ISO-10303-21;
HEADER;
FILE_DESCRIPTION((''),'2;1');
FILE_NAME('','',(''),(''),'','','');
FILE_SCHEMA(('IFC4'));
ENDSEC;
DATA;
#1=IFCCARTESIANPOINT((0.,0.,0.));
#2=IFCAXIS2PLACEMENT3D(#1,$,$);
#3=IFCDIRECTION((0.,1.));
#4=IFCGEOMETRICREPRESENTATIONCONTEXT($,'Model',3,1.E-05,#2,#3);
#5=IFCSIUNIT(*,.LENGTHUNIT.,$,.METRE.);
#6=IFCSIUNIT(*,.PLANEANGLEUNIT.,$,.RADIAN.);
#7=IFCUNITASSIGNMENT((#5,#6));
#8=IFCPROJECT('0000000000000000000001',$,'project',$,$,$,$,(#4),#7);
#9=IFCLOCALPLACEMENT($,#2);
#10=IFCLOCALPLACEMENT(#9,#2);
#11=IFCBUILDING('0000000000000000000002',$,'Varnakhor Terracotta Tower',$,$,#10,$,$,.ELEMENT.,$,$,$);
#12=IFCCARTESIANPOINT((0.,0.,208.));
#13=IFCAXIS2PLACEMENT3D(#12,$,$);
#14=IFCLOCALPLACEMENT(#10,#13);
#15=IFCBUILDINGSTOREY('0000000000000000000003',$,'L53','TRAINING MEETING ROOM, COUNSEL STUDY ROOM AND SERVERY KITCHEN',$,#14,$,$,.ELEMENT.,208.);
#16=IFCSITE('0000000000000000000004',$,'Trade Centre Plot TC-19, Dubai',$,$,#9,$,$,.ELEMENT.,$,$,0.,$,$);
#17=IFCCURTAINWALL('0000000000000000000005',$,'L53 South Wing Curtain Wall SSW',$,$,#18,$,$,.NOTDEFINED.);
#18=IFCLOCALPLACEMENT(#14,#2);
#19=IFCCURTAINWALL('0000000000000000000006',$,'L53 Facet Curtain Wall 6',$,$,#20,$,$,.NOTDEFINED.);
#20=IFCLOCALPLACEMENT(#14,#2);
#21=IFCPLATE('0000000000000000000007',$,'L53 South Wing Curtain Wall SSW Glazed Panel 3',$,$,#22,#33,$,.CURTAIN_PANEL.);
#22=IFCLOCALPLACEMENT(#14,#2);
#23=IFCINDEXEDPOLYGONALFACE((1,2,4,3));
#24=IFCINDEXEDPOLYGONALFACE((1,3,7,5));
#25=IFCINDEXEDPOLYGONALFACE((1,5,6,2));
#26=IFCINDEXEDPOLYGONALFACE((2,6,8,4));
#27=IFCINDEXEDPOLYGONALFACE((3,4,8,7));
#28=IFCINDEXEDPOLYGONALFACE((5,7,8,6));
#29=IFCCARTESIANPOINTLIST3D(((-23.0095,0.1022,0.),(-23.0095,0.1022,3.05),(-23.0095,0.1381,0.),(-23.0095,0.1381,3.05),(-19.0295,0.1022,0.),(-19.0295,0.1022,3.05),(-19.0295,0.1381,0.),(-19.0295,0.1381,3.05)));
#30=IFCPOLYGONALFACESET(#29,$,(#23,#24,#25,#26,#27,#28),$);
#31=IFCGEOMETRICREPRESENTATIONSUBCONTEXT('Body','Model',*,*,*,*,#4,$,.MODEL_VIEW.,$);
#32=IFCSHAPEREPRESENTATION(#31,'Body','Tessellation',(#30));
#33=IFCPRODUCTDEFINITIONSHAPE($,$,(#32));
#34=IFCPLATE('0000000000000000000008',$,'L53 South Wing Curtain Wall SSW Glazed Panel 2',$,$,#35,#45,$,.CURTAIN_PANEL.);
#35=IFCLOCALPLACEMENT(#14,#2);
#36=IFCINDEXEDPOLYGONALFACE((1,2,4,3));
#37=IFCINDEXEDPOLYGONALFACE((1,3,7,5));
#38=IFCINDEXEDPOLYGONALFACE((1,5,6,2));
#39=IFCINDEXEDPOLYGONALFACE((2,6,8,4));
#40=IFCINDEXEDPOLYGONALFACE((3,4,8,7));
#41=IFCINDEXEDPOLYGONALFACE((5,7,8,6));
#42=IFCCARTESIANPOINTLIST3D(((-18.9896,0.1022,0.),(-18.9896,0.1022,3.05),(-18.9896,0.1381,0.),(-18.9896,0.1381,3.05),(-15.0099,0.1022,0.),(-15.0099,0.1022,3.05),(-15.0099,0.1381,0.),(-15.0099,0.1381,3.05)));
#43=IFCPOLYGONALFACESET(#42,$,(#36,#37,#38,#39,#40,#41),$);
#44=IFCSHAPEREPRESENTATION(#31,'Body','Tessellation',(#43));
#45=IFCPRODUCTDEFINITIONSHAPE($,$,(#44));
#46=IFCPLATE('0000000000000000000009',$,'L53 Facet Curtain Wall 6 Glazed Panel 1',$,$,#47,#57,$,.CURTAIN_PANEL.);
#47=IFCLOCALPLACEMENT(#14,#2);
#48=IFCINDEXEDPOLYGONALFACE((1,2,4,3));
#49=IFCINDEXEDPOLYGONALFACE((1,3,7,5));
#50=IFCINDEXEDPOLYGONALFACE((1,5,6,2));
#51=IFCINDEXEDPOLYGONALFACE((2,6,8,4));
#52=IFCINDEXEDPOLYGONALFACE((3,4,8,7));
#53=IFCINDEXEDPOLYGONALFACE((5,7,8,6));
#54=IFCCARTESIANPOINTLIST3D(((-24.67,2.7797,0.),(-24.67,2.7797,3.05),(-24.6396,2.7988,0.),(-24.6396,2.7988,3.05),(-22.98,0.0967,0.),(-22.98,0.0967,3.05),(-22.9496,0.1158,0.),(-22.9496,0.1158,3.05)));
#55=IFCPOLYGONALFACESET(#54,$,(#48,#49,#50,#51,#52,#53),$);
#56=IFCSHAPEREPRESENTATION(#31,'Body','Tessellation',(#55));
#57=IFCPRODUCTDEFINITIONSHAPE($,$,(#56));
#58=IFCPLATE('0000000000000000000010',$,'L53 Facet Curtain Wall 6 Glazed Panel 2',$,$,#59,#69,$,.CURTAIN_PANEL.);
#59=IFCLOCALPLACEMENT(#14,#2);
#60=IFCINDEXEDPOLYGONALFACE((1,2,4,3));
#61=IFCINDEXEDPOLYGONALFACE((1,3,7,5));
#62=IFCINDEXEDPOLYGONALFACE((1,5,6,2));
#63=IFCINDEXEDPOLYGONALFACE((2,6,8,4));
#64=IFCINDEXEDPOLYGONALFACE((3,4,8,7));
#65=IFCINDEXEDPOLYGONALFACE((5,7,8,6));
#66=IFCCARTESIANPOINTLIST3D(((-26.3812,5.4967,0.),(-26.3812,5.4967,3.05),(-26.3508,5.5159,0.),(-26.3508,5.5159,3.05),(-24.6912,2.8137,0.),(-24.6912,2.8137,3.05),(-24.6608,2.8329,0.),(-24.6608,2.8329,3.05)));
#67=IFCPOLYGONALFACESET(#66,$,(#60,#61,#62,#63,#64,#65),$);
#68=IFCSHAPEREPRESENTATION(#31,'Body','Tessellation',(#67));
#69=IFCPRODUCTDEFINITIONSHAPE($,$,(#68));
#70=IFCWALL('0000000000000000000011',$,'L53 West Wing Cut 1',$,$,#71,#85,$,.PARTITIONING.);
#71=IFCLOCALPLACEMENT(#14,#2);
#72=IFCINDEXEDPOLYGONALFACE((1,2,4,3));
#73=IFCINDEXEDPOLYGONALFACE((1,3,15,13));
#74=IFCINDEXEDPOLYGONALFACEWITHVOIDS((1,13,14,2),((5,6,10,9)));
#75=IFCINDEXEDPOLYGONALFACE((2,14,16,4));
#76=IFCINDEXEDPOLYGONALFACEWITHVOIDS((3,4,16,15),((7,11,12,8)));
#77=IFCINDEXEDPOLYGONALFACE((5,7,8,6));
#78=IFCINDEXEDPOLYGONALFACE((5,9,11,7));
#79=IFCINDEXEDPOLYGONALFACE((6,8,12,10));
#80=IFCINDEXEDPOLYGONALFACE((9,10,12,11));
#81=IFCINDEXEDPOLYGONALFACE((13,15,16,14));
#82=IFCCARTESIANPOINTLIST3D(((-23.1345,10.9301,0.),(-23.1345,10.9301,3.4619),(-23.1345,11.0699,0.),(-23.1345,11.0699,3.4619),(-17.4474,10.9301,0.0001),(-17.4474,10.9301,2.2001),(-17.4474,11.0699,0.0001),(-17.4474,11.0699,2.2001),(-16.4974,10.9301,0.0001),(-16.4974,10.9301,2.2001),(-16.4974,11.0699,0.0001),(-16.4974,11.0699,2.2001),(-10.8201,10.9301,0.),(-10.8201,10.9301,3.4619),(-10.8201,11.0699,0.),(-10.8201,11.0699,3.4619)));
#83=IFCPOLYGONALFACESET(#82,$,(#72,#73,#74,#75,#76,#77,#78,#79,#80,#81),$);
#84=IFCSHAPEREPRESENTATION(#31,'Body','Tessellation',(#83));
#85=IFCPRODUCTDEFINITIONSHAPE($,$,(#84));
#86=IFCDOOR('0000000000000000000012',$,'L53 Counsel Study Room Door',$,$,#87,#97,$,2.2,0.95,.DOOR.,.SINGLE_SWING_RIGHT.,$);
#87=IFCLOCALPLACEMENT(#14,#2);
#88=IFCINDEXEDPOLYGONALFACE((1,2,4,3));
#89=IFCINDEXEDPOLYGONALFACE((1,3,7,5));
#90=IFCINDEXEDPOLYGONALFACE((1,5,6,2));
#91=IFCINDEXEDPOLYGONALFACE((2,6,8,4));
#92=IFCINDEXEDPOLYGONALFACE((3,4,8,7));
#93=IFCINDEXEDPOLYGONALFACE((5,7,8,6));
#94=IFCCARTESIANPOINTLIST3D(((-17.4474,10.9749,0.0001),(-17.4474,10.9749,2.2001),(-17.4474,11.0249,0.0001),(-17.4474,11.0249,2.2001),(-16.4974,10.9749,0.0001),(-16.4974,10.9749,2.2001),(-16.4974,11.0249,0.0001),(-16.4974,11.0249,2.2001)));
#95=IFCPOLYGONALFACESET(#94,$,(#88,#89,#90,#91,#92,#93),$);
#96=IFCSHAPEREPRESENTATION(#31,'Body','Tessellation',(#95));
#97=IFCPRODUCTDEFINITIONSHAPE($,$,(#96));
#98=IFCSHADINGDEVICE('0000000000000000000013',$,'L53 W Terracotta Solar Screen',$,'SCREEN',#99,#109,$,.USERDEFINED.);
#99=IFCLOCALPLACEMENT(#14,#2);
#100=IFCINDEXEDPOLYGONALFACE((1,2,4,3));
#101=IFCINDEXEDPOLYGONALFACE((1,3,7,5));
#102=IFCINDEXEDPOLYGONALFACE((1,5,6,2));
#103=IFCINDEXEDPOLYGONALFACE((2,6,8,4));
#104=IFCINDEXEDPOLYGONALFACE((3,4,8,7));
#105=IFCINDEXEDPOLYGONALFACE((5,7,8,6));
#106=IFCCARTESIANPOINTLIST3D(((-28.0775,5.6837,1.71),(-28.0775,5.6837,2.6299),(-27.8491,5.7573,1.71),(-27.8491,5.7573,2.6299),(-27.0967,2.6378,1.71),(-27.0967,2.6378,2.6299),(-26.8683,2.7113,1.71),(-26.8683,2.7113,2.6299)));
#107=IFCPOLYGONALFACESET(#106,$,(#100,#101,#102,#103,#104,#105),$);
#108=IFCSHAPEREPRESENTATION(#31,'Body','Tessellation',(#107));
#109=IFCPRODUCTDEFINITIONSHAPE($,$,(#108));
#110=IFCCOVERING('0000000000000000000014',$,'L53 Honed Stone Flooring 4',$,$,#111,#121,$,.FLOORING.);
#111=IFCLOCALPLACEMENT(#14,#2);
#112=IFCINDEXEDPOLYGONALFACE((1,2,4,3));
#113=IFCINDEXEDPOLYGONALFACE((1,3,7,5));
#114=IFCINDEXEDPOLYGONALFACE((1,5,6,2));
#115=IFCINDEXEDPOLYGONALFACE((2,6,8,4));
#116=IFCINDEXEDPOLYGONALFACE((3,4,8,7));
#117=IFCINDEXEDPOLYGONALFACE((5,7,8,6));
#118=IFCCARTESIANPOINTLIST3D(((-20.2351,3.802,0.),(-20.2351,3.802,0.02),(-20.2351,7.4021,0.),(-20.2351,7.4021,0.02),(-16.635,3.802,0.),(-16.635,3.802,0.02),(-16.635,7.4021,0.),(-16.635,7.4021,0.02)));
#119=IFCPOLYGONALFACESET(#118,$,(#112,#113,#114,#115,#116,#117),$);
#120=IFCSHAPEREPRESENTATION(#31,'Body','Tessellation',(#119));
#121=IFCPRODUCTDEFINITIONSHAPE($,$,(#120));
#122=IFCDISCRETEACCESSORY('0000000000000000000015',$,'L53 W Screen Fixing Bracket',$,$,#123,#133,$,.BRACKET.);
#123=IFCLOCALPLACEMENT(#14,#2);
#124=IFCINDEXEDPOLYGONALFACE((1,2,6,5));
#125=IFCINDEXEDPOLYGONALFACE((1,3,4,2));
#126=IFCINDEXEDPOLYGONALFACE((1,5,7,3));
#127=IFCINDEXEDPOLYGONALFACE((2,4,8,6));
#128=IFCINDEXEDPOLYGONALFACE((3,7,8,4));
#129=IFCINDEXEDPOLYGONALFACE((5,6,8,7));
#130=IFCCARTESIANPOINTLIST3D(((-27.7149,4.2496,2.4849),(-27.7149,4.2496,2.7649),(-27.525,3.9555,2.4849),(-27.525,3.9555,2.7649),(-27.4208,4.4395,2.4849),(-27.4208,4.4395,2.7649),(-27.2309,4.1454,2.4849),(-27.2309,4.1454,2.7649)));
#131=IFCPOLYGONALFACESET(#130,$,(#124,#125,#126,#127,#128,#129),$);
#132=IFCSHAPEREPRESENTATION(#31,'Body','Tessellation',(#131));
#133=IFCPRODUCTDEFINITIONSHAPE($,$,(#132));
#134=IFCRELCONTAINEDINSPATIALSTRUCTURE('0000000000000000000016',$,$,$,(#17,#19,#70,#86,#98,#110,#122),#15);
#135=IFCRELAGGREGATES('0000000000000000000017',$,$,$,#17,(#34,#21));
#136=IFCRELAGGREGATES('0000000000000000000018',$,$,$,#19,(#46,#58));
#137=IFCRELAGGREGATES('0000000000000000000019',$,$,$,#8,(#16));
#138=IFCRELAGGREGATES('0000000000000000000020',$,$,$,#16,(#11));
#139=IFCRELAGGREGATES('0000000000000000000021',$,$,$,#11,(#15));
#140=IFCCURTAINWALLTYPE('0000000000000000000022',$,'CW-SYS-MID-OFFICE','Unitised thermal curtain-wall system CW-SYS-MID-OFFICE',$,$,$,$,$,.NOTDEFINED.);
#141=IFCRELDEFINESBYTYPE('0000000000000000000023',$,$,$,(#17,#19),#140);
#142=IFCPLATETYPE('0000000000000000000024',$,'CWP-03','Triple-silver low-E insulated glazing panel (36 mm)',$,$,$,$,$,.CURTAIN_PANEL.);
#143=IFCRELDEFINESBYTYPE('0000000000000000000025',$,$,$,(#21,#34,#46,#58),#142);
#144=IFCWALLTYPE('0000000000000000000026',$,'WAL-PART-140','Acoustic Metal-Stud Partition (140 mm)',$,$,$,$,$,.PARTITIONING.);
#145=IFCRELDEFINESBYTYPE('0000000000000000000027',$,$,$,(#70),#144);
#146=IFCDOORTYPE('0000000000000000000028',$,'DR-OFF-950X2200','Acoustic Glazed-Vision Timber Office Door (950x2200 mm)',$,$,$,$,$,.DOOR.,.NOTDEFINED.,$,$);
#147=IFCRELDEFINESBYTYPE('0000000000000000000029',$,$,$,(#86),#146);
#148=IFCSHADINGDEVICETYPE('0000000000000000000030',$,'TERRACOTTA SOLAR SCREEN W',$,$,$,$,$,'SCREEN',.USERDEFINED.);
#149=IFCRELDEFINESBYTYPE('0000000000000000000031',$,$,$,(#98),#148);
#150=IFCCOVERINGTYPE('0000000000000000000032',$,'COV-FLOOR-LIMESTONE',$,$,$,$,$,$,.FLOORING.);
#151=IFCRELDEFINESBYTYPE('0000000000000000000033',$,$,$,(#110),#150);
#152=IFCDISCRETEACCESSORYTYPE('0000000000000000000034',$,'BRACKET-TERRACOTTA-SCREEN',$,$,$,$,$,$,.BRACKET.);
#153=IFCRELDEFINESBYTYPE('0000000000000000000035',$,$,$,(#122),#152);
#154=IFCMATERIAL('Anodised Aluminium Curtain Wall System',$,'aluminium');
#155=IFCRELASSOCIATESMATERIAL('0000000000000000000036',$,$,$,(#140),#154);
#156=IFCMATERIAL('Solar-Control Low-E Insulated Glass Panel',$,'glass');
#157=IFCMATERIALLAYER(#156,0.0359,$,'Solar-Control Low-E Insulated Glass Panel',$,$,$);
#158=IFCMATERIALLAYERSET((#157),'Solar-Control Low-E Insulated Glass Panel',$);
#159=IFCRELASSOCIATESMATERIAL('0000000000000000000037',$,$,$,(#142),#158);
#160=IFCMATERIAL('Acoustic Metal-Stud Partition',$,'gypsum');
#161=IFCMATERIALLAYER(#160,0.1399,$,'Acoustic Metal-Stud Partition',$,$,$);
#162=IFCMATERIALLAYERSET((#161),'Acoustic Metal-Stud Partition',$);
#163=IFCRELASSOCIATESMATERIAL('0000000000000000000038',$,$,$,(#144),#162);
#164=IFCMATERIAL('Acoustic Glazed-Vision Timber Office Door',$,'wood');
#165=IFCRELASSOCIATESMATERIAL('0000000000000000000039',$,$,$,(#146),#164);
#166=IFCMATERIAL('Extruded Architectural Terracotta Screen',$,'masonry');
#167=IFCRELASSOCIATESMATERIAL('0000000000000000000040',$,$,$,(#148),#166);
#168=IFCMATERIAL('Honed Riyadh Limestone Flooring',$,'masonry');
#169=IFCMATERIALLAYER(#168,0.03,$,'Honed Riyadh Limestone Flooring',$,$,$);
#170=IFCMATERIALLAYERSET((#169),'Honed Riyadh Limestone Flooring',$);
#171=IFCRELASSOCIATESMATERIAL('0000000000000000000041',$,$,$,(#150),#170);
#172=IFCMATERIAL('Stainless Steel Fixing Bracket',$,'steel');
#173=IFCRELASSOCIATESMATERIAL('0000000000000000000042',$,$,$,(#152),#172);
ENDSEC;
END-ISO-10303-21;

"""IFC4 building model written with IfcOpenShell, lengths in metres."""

from ifc_helpers import new_model, si_unit, direction, frame, frame_2d, origin, origin_2d, place, context, subcontext, project, spatial, rectangle, extrude, source, transform, mapped, material, layer, layer_set, type_object, type_shapes, element, fill, aggregate, save


model = new_model("IFC4")

# Units and contexts
model_context = context("Model", 3, precision=1e-05, world=origin(), true_north=direction((0.0, 1.0)))
body_context = subcontext(model_context, "Body", "Model", "MODEL_VIEW")
ifc_project = project(units=[si_unit("LENGTHUNIT", "METRE"), si_unit("PLANEANGLEUNIT", "RADIAN")], contexts=[model_context])

# Site, building, storey
site_placement = place(None, origin())
site = spatial("IfcSite", under=ifc_project, at=site_placement, Name="Trade Centre Plot TC-19, Dubai", CompositionType="ELEMENT", RefElevation=0.0)
building_placement = place(site_placement, origin())
building = spatial("IfcBuilding", under=site, at=building_placement, Name="Varnakhor Terracotta Tower", CompositionType="ELEMENT")
storey_placement = place(building_placement, frame((0.0, 0.0, 208.0)))
storey = spatial("IfcBuildingStorey", under=building, at=storey_placement, Name="L53", Description="TRAINING MEETING ROOM, COUNSEL STUDY ROOM AND SERVERY KITCHEN", CompositionType="ELEMENT", Elevation=208.0)

# Curtain walls
ifc_material_1 = material(Name="Anodised Aluminium Curtain Wall System", Category="aluminium")
curtain_wall_type = type_object("IfcCurtainWallType", Name="CW-SYS-MID-OFFICE", Description="Unitised thermal curtain-wall system CW-SYS-MID-OFFICE", PredefinedType="NOTDEFINED", material=ifc_material_1)
curtain_wall_1_placement = place(storey_placement, origin())
curtain_wall_1 = element("IfcCurtainWall", 1, at=curtain_wall_1_placement, inside=storey, type_object=curtain_wall_type, Name="L53 South Wing Curtain Wall SSW", PredefinedType="NOTDEFINED")
curtain_wall_2_placement = place(storey_placement, origin())
curtain_wall_2 = element("IfcCurtainWall", 2, at=curtain_wall_2_placement, inside=storey, type_object=curtain_wall_type, Name="L53 Facet Curtain Wall 6", PredefinedType="NOTDEFINED")

# Plates
ifc_material_2 = material(Name="Solar-Control Low-E Insulated Glass Panel", Category="glass")
ifc_layer_1 = layer(ifc_material_2, 0.0359, Name="Solar-Control Low-E Insulated Glass Panel")
ifc_layer_set_1 = layer_set([ifc_layer_1], Name="Solar-Control Low-E Insulated Glass Panel")
plate_type = type_object("IfcPlateType", Name="CWP-03", Description="Triple-silver low-E insulated glazing panel (36 mm)", PredefinedType="CURTAIN_PANEL", material=ifc_layer_set_1)
shared_shape_1 = source(origin(), body_context, "Body", "SweptSolid", [
    extrude(rectangle(XDim=3.98, YDim=0.0359, at=origin_2d()), origin(), (0.0, 0.0, 1.0), 3.05),
])
plate_1_placement = place(storey_placement, frame((-21.0195, 0.1201, 0.0), z_axis=(0.0, 0.0, 1.0), x_axis=(-1.0, 0.0, 0.0)))
plate_1 = element("IfcPlate", 3, at=plate_1_placement, type_object=plate_type, Name="L53 South Wing Curtain Wall SSW Glazed Panel 3", PredefinedType="CURTAIN_PANEL", context=body_context, shape_type="MappedRepresentation", body=[
    mapped(shared_shape_1, transform((0.0, 0.0, 0.0), scale=1.0)),
])
shared_shape_2 = source(origin(), body_context, "Body", "SweptSolid", [
    extrude(rectangle(XDim=3.9797, YDim=0.0359, at=origin_2d()), origin(), (0.0, 0.0, 1.0), 3.05),
])
plate_2_placement = place(storey_placement, frame((-16.9998, 0.1201, 0.0), z_axis=(0.0, 0.0, 1.0), x_axis=(-1.0, 0.0, 0.0)))
plate_2 = element("IfcPlate", 4, at=plate_2_placement, type_object=plate_type, Name="L53 South Wing Curtain Wall SSW Glazed Panel 2", PredefinedType="CURTAIN_PANEL", context=body_context, shape_type="MappedRepresentation", body=[
    mapped(shared_shape_2, transform((0.0, 0.0, 0.0), scale=1.0)),
])
aggregate(curtain_wall_1, [plate_2, plate_1])
shared_shape_3 = source(origin(), body_context, "Body", "SweptSolid", [
    extrude(rectangle(XDim=3.1709, YDim=0.0359, at=origin_2d()), origin(), (0.0, 0.0, 1.0), 3.05),
])
plate_3_placement = place(storey_placement, frame((-23.8098, 1.4478, 0.0), z_axis=(0.0, 0.0, 1.0), x_axis=(-0.532965, 0.846137, 0.0)))
plate_3 = element("IfcPlate", 5, at=plate_3_placement, type_object=plate_type, Name="L53 Facet Curtain Wall 6 Glazed Panel 1", PredefinedType="CURTAIN_PANEL", context=body_context, shape_type="MappedRepresentation", body=[
    mapped(shared_shape_3, transform((0.0, 0.0, 0.0), scale=1.0)),
])
plate_4_placement = place(storey_placement, frame((-25.521, 4.1648, 0.0), z_axis=(0.0, 0.0, 1.0), x_axis=(-0.532965, 0.846137, 0.0)))
plate_4 = element("IfcPlate", 6, at=plate_4_placement, type_object=plate_type, Name="L53 Facet Curtain Wall 6 Glazed Panel 2", PredefinedType="CURTAIN_PANEL", context=body_context, shape_type="MappedRepresentation", body=[
    mapped(shared_shape_3, transform((0.0, 0.0, 0.0), scale=1.0)),
])
aggregate(curtain_wall_2, [plate_3, plate_4])

# Wall, opening, door
ifc_material_3 = material(Name="Acoustic Metal-Stud Partition", Category="gypsum")
ifc_layer_2 = layer(ifc_material_3, 0.1399, Name="Acoustic Metal-Stud Partition")
ifc_layer_set_2 = layer_set([ifc_layer_2], Name="Acoustic Metal-Stud Partition")
wall_type = type_object("IfcWallType", Name="WAL-PART-140", Description="Acoustic Metal-Stud Partition (140 mm)", PredefinedType="PARTITIONING", material=ifc_layer_set_2)
wall_placement = place(storey_placement, frame((-23.1345, 11.0, 0.0), z_axis=(0.0, 0.0, 1.0), x_axis=(1.0, 0.0, 0.0)))
wall = element("IfcWall", 7, at=wall_placement, inside=storey, type_object=wall_type, Name="L53 West Wing Cut 1", PredefinedType="PARTITIONING", context=body_context, shape_type="SweptSolid", body=[
    extrude(rectangle(XDim=12.3145, YDim=0.1399, at=frame_2d((6.1572, 0.0))), origin(), (0.0, 0.0, 1.0), 3.4619),
])
opening_placement = place(wall_placement, frame((5.687, 0.0, 0.0)))
opening = element("IfcOpeningElement", 8, at=opening_placement, cuts=wall, PredefinedType="OPENING", context=body_context, shape_type="SweptSolid", body=[
    extrude(rectangle(XDim=0.95, YDim=2.2, at=frame_2d((0.4751, 1.1001))), frame((0.0, 0.0801, 0.0), z_axis=(0.0, -1.0, 0.0), x_axis=(1.0, 0.0, 0.0)), (0.0, 0.0, 1.0), 0.1599),
])
ifc_material_4 = material(Name="Acoustic Glazed-Vision Timber Office Door", Category="wood")
door_type = type_object("IfcDoorType", Name="DR-OFF-950X2200", Description="Acoustic Glazed-Vision Timber Office Door (950x2200 mm)", OperationType="NOTDEFINED", PredefinedType="DOOR", material=ifc_material_4)
shared_shape_4 = source(origin(), body_context, "Body", "SweptSolid", [
    extrude(rectangle(XDim=0.95, YDim=2.2, at=frame_2d((0.4751, 1.1001))), frame((0.0, 0.0249, 0.0), z_axis=(0.0, -1.0, 0.0), x_axis=(1.0, 0.0, 0.0)), (0.0, 0.0, 1.0), 0.05),
])
type_shapes(door_type, [shared_shape_4])
door_placement = place(opening_placement, origin())
door = element("IfcDoor", 9, at=door_placement, inside=storey, type_object=door_type, Name="L53 Counsel Study Room Door", OperationType="SINGLE_SWING_RIGHT", OverallHeight=2.2, OverallWidth=0.95, PredefinedType="DOOR", context=body_context, shape_type="MappedRepresentation", body=[
    mapped(shared_shape_4, transform((0.0, 0.0, 0.0), scale=1.0)),
])
fill(opening, door)

# Shading device
ifc_material_5 = material(Name="Extruded Architectural Terracotta Screen", Category="masonry")
shading_device_type = type_object("IfcShadingDeviceType", Name="TERRACOTTA SOLAR SCREEN W", ElementType="SCREEN", PredefinedType="USERDEFINED", material=ifc_material_5)
shared_shape_5 = source(origin(), body_context, "Body", "SweptSolid", [
    extrude(rectangle(XDim=3.2, YDim=0.24, at=origin_2d()), origin(), (0.0, 0.0, 1.0), 0.9199),
])
type_shapes(shading_device_type, [shared_shape_5])
shading_device_placement = place(storey_placement, frame((-27.4729, 4.1975, 1.71), z_axis=(0.0, 0.0, 1.0), x_axis=(0.306509, -0.951868, 0.0)))
element("IfcShadingDevice", 10, at=shading_device_placement, inside=storey, type_object=shading_device_type, Name="L53 W Terracotta Solar Screen", ObjectType="SCREEN", PredefinedType="USERDEFINED", context=body_context, shape_type="MappedRepresentation", body=[
    mapped(shared_shape_5, transform((0.0, 0.0, 0.0), scale=1.0)),
])

# Covering
ifc_material_6 = material(Name="Honed Riyadh Limestone Flooring", Category="masonry")
ifc_layer_3 = layer(ifc_material_6, 0.03, Name="Honed Riyadh Limestone Flooring")
ifc_layer_set_3 = layer_set([ifc_layer_3], Name="Honed Riyadh Limestone Flooring")
covering_type = type_object("IfcCoveringType", Name="COV-FLOOR-LIMESTONE", PredefinedType="FLOORING", material=ifc_layer_set_3)
shared_shape_6 = source(origin(), body_context, "Body", "SweptSolid", [
    extrude(rectangle(XDim=3.6001, YDim=3.6001, at=origin_2d()), origin(), (0.0, 0.0, 1.0), 0.02),
])
covering_placement = place(storey_placement, frame((-18.4351, 5.6021, 0.0), z_axis=(0.0, 0.0, 1.0), x_axis=(1.0, 0.0, 0.0)))
element("IfcCovering", 11, at=covering_placement, inside=storey, type_object=covering_type, Name="L53 Honed Stone Flooring 4", PredefinedType="FLOORING", context=body_context, shape_type="MappedRepresentation", body=[
    mapped(shared_shape_6, transform((0.0, 0.0, 0.0), scale=1.0)),
])

# Discrete accessory
ifc_material_7 = material(Name="Stainless Steel Fixing Bracket", Category="steel")
discrete_accessory_type = type_object("IfcDiscreteAccessoryType", Name="BRACKET-TERRACOTTA-SCREEN", PredefinedType="BRACKET", material=ifc_material_7)
shared_shape_7 = source(origin(), body_context, "Body", "SweptSolid", [
    extrude(rectangle(XDim=0.3501, YDim=0.3501, at=origin_2d()), origin(), (0.0, 0.0, 1.0), 0.28),
])
type_shapes(discrete_accessory_type, [shared_shape_7])
discrete_accessory_placement = place(storey_placement, frame((-27.4729, 4.1975, 2.4849), z_axis=(0.0, 0.0, 1.0), x_axis=(0.542427, -0.840103, 0.0)))
element("IfcDiscreteAccessory", 12, at=discrete_accessory_placement, inside=storey, type_object=discrete_accessory_type, Name="L53 W Screen Fixing Bracket", PredefinedType="BRACKET", context=body_context, shape_type="MappedRepresentation", body=[
    mapped(shared_shape_7, transform((0.0, 0.0, 0.0), scale=1.0)),
])

save(model, "model.ifc")
